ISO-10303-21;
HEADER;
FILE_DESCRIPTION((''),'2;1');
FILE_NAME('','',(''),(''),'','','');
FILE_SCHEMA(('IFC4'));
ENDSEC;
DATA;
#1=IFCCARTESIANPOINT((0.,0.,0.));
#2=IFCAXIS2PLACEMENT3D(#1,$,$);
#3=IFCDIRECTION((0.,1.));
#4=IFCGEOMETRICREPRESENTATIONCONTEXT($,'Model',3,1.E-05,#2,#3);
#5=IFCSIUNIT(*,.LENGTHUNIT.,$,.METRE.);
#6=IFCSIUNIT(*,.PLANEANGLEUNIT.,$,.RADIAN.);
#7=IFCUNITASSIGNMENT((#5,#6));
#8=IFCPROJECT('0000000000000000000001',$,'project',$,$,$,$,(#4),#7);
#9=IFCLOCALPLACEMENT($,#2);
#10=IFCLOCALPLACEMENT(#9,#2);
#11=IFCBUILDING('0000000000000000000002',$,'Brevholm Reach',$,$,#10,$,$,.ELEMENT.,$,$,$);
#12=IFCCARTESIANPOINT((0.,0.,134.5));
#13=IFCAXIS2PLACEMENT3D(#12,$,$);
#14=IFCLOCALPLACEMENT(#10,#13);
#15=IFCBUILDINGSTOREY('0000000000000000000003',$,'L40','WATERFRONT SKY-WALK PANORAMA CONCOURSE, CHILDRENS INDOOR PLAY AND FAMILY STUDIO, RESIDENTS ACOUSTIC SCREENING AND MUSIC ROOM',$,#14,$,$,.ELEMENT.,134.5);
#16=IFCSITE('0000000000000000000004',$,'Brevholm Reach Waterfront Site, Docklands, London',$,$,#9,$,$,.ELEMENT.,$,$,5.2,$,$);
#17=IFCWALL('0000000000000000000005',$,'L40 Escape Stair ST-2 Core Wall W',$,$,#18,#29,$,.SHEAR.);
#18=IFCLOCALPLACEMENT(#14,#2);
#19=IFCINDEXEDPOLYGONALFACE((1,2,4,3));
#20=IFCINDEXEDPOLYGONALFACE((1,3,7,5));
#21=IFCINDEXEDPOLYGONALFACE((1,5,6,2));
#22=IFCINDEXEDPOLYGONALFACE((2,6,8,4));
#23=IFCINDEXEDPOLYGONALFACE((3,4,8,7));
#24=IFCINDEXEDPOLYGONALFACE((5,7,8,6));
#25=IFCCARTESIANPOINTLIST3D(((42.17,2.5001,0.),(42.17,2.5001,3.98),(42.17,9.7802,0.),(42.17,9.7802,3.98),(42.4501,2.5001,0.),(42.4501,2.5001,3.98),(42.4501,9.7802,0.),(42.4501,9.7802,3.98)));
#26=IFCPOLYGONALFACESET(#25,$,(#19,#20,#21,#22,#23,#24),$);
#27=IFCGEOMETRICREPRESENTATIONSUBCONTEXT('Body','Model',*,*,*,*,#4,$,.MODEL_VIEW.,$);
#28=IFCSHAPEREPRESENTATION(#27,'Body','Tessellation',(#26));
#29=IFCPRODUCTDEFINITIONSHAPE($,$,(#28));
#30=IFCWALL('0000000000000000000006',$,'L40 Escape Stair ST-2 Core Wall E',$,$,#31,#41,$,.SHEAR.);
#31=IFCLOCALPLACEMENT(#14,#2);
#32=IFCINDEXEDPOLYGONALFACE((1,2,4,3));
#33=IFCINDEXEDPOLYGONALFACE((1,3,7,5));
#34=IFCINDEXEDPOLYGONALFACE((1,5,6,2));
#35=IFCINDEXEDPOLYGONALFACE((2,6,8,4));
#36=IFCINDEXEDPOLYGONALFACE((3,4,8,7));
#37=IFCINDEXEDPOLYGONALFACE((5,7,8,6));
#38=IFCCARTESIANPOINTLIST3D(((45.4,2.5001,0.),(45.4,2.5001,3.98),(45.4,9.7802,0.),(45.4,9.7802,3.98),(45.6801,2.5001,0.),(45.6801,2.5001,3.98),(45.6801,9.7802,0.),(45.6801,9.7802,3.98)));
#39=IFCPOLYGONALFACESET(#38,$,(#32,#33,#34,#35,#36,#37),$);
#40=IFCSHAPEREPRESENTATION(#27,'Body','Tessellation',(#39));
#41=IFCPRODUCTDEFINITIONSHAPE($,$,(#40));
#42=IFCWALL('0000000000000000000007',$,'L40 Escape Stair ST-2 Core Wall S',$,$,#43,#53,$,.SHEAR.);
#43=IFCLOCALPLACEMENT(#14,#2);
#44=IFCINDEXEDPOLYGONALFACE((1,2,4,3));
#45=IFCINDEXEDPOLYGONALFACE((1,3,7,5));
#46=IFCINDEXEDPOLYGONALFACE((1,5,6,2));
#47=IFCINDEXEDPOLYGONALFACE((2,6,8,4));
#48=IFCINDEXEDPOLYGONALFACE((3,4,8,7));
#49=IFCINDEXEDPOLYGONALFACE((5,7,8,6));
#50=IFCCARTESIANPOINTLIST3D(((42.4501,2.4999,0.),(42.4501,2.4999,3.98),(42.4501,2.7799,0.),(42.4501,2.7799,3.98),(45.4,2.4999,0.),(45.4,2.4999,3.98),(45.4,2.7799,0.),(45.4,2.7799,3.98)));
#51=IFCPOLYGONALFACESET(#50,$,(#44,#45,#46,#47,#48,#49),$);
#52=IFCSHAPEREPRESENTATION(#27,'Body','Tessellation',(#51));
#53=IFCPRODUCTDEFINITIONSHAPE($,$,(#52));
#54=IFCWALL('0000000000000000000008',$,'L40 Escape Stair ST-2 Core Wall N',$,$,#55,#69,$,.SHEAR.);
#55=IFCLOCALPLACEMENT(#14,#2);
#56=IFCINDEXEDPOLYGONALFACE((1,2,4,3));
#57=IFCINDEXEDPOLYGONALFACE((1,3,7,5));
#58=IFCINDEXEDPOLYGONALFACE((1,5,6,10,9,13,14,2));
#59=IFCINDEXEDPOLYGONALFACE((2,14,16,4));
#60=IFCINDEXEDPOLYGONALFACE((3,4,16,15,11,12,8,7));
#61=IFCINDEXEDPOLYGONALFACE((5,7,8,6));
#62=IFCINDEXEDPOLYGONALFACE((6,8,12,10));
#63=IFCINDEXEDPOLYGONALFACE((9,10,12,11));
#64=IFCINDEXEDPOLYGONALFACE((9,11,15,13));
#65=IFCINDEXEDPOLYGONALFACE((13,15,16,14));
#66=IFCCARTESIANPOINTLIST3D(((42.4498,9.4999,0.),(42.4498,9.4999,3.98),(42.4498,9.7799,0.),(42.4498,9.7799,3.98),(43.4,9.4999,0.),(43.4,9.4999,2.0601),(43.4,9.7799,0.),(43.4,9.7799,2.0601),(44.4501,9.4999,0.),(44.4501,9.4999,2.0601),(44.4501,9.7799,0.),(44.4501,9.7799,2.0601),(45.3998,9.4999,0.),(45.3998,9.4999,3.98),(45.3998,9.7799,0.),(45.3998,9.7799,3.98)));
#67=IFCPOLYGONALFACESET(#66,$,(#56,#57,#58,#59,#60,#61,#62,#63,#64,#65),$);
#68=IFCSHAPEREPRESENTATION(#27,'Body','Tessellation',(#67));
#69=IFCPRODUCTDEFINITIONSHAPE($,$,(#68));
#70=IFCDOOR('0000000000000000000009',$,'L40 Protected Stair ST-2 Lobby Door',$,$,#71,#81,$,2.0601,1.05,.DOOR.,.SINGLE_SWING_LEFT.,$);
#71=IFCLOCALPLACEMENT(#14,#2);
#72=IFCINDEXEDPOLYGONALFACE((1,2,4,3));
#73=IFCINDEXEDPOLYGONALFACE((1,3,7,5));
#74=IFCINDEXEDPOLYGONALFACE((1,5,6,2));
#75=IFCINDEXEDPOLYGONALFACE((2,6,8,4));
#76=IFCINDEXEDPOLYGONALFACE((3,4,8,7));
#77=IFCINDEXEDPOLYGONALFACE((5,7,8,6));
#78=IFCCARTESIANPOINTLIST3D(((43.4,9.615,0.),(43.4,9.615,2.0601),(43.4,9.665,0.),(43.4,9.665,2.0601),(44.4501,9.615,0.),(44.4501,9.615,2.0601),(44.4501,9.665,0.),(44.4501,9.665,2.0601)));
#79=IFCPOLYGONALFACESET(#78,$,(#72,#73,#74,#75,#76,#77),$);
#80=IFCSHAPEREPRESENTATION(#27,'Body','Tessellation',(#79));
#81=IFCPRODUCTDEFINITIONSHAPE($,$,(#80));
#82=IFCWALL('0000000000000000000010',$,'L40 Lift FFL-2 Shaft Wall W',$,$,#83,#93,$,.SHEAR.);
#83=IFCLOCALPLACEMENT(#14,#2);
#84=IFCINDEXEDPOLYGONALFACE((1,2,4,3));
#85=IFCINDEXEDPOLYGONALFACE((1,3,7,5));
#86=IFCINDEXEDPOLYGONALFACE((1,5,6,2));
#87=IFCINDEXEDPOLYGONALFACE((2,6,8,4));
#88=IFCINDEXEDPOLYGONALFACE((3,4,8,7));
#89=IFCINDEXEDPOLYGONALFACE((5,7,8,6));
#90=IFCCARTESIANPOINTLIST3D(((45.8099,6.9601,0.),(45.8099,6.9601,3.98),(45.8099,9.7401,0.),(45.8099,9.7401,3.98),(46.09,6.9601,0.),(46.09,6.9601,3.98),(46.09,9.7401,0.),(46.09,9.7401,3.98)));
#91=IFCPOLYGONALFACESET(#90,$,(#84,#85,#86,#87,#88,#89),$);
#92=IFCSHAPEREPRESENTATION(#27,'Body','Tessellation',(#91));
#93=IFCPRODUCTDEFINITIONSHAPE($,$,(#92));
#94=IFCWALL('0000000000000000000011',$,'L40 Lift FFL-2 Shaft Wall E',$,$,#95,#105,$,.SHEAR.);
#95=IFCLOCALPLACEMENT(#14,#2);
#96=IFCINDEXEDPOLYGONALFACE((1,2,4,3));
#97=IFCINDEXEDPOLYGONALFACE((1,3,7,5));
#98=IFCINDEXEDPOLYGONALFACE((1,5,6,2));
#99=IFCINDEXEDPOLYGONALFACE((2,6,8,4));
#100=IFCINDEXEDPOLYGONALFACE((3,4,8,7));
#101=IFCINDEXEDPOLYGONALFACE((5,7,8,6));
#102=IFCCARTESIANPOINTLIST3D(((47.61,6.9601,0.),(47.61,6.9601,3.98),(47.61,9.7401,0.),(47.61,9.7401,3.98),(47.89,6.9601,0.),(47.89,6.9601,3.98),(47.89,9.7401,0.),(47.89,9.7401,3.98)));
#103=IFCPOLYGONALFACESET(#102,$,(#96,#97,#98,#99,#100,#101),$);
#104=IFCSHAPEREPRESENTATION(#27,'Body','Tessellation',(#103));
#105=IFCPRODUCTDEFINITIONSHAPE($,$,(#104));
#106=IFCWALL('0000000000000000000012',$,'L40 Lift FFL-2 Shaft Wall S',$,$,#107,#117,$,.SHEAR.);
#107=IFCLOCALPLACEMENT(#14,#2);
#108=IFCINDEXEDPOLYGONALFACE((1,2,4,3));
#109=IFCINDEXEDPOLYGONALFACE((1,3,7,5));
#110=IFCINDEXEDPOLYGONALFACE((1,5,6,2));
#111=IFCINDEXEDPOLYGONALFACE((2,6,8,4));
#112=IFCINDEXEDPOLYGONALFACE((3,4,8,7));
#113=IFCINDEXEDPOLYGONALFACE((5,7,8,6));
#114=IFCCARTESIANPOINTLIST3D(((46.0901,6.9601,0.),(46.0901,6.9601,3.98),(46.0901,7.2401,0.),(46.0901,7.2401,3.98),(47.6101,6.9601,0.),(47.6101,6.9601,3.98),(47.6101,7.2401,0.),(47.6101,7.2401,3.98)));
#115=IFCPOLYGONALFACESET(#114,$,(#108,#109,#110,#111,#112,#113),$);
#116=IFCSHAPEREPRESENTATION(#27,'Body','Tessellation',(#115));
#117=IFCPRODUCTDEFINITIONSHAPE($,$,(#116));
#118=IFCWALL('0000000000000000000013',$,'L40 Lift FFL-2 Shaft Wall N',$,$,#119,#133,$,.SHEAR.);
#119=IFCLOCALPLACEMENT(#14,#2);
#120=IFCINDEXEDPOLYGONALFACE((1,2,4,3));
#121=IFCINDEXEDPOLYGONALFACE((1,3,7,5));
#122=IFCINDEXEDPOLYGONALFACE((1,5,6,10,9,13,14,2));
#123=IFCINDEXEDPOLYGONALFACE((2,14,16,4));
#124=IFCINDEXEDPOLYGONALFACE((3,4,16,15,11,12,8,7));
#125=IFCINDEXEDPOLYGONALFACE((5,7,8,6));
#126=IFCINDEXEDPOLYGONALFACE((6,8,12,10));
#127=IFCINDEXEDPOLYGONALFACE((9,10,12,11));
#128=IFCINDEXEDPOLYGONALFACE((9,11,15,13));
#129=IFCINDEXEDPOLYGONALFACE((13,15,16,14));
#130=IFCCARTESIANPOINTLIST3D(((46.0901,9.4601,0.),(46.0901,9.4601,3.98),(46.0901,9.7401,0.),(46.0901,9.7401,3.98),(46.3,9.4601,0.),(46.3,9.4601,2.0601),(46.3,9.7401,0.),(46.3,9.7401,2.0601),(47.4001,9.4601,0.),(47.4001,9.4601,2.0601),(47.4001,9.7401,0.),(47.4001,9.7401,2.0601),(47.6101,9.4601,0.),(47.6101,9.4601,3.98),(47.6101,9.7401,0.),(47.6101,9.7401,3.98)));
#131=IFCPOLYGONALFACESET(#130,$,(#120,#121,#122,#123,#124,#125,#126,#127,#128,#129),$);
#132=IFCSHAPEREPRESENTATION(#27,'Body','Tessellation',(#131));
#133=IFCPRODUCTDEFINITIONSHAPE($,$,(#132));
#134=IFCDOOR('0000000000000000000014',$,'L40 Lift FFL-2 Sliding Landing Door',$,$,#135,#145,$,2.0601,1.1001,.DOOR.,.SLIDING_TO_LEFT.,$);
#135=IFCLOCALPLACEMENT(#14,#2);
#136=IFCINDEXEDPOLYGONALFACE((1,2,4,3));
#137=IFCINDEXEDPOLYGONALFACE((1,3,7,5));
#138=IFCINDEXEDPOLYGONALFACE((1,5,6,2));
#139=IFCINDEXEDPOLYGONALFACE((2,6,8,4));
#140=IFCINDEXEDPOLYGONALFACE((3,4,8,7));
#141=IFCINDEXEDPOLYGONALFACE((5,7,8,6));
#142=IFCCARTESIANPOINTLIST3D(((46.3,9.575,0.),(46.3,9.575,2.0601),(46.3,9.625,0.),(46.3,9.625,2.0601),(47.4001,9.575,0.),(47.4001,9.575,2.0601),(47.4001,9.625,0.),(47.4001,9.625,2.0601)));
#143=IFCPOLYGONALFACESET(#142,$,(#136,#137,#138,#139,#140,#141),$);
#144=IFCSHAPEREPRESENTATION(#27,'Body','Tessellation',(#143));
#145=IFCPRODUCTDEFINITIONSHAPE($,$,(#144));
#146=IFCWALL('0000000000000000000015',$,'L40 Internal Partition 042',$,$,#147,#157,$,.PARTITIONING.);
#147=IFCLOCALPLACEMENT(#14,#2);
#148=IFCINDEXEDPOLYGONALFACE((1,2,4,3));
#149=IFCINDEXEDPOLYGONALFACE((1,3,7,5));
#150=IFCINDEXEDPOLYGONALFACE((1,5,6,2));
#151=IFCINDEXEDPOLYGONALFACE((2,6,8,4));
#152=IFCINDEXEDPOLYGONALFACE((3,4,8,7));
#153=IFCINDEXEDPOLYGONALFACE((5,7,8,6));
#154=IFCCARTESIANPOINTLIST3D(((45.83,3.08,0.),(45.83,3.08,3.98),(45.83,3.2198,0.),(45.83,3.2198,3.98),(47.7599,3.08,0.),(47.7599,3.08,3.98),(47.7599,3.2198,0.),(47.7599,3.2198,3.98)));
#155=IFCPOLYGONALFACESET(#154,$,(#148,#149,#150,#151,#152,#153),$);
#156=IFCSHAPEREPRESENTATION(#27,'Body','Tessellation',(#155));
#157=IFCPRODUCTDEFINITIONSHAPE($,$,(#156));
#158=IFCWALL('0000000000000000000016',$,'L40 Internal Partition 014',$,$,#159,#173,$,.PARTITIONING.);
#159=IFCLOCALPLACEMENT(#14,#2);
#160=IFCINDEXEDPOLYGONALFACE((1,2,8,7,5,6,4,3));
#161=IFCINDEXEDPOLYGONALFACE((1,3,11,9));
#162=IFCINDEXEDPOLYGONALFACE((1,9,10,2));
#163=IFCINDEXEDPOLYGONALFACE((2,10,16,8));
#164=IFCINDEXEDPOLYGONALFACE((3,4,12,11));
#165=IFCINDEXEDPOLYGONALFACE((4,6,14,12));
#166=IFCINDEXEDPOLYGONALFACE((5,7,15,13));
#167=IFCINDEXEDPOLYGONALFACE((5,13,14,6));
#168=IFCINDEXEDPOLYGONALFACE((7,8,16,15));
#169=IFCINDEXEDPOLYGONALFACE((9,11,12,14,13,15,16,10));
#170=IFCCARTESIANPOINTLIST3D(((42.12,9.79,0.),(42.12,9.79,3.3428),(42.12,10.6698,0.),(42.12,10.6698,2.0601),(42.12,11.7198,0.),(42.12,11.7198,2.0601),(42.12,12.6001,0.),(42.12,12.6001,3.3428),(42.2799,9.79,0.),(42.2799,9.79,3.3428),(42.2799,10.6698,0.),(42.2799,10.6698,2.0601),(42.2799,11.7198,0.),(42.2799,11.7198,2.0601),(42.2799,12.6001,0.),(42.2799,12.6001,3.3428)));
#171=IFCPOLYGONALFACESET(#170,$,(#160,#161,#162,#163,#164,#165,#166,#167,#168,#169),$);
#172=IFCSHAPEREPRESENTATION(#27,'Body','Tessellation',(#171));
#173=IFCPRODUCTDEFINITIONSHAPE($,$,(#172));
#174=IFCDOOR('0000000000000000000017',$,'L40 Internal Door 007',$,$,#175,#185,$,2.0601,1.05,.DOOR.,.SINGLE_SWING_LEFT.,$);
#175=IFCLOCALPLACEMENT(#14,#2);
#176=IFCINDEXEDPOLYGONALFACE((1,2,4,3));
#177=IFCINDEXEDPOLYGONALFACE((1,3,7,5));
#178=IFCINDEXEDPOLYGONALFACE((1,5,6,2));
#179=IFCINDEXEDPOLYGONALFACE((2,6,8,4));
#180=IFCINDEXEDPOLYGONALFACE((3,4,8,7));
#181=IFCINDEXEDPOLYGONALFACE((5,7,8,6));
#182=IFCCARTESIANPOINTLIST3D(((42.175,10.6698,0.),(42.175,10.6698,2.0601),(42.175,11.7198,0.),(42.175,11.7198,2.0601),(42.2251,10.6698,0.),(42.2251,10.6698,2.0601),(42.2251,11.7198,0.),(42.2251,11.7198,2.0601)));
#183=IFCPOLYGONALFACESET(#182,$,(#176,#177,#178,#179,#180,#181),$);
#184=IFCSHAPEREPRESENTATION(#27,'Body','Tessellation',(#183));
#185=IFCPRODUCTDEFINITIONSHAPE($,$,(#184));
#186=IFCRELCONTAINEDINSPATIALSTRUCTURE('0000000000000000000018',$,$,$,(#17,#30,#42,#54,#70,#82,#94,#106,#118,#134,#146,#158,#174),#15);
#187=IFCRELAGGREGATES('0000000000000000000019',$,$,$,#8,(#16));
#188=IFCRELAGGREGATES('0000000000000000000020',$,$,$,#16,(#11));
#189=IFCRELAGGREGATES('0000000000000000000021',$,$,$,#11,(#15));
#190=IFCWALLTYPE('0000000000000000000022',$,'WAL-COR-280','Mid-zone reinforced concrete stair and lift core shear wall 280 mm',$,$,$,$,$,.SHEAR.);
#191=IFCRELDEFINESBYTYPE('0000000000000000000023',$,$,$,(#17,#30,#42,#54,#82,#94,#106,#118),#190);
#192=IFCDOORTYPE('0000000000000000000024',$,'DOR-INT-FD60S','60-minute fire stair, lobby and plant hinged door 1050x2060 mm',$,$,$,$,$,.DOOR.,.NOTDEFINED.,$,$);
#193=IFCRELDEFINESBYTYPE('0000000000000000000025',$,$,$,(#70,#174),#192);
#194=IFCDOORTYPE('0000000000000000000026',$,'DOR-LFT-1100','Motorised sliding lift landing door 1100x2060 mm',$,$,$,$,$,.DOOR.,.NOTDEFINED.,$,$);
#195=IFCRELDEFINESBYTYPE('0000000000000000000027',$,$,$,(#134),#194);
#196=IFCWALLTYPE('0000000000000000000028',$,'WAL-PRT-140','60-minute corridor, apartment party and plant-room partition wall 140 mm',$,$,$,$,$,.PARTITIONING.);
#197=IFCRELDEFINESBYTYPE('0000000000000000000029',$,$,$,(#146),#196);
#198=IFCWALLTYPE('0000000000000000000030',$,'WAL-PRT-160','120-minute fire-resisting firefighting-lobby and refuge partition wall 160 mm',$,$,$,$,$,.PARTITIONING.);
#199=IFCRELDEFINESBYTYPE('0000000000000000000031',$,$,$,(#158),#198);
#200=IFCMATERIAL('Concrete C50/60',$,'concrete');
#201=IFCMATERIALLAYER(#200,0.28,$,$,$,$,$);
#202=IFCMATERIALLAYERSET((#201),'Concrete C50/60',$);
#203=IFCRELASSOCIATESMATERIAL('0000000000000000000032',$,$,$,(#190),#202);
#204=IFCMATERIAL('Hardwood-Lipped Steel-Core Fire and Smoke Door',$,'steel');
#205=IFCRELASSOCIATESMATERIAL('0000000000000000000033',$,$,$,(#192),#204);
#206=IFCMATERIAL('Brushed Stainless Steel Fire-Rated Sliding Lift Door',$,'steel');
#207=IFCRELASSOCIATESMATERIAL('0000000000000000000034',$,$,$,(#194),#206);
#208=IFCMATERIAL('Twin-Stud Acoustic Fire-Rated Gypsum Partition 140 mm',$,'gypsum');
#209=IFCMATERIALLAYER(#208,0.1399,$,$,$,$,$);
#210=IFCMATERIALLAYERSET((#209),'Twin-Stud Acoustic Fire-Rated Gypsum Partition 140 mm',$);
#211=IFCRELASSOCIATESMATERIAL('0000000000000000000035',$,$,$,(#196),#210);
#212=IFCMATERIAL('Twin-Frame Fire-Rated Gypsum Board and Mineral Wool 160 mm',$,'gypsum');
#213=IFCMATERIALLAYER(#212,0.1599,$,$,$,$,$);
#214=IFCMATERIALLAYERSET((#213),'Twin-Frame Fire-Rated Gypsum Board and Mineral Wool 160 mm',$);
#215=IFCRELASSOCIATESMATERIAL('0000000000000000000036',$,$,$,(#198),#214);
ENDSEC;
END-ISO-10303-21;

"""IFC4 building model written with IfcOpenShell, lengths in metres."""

from ifc_helpers import new_model, si_unit, direction, frame, frame_2d, origin, place, context, subcontext, project, spatial, rectangle, extrude, material, layer, layer_set, type_object, element, fill, save


model = new_model("IFC4")

# Units and contexts
model_context = context("Model", 3, precision=1e-05, world=origin(), true_north=direction((0.0, 1.0)))
body_context = subcontext(model_context, "Body", "Model", "MODEL_VIEW")
ifc_project = project(units=[si_unit("LENGTHUNIT", "METRE"), si_unit("PLANEANGLEUNIT", "RADIAN")], contexts=[model_context])

# Site, building, storey
site_placement = place(None, origin())
site = spatial("IfcSite", under=ifc_project, at=site_placement, Name="Brevholm Reach Waterfront Site, Docklands, London", CompositionType="ELEMENT", RefElevation=5.2)
building_placement = place(site_placement, origin())
building = spatial("IfcBuilding", under=site, at=building_placement, Name="Brevholm Reach", CompositionType="ELEMENT")
storey_placement = place(building_placement, frame((0.0, 0.0, 134.5)))
storey = spatial("IfcBuildingStorey", under=building, at=storey_placement, Name="L40", Description="WATERFRONT SKY-WALK PANORAMA CONCOURSE, CHILDRENS INDOOR PLAY AND FAMILY STUDIO, RESIDENTS ACOUSTIC SCREENING AND MUSIC ROOM", CompositionType="ELEMENT", Elevation=134.5)

# Walls
ifc_material_1 = material(Name="Concrete C50/60", Category="concrete")
ifc_layer_1 = layer(ifc_material_1, 0.28)
ifc_layer_set_1 = layer_set([ifc_layer_1], Name="Concrete C50/60")
wall_type_1 = type_object("IfcWallType", Name="WAL-COR-280", Description="Mid-zone reinforced concrete stair and lift core shear wall 280 mm", PredefinedType="SHEAR", material=ifc_layer_set_1)
for number, where, z_axis, x_axis, name in (
    (1, (42.3101, 2.5, 0.0), (0.0, 0.0, 1.0), (0.0, 1.0, 0.0), "L40 Escape Stair ST-2 Core Wall W"),
    (2, (45.54, 2.5, 0.0), (0.0, 0.0, 1.0), (0.0, 1.0, 0.0), "L40 Escape Stair ST-2 Core Wall E"),
):
    element("IfcWall", number, at=place(storey_placement, frame(where, z_axis=z_axis, x_axis=x_axis)), inside=storey, type_object=wall_type_1, Name=name, PredefinedType="SHEAR", context=body_context, shape_type="SweptSolid", body=[
        extrude(rectangle(XDim=7.28, YDim=0.28, at=frame_2d((3.6401, 0.0))), origin(), (0.0, 0.0, 1.0), 3.98),
    ])
wall_1_placement = place(storey_placement, frame((42.45, 2.6399, 0.0), z_axis=(0.0, 0.0, 1.0), x_axis=(1.0, 0.0, 0.0)))
element("IfcWall", 3, at=wall_1_placement, inside=storey, type_object=wall_type_1, Name="L40 Escape Stair ST-2 Core Wall S", PredefinedType="SHEAR", context=body_context, shape_type="SweptSolid", body=[
    extrude(rectangle(XDim=2.95, YDim=0.28, at=frame_2d((1.4751, 0.0))), origin(), (0.0, 0.0, 1.0), 3.98),
])

# Wall, opening, door
wall_2_placement = place(storey_placement, frame((45.3999, 9.6399, 0.0), z_axis=(0.0, 0.0, 1.0), x_axis=(-1.0, 0.0, 0.0)))
wall_2 = element("IfcWall", 4, at=wall_2_placement, inside=storey, type_object=wall_type_1, Name="L40 Escape Stair ST-2 Core Wall N", PredefinedType="SHEAR", context=body_context, shape_type="SweptSolid", body=[
    extrude(rectangle(XDim=2.95, YDim=0.28, at=frame_2d((1.4751, 0.0))), origin(), (0.0, 0.0, 1.0), 3.98),
])
opening_1_placement = place(wall_2_placement, frame((0.95, 0.0, 0.0)))
opening_1 = element("IfcOpeningElement", 5, at=opening_1_placement, cuts=wall_2, PredefinedType="OPENING", context=body_context, shape_type="SweptSolid", body=[
    extrude(rectangle(XDim=1.05, YDim=2.0601, at=frame_2d((0.5249, 1.03))), frame((0.0, 0.1499, 0.0), z_axis=(0.0, -1.0, 0.0), x_axis=(1.0, 0.0, 0.0)), (0.0, 0.0, 1.0), 0.3),
])
ifc_material_2 = material(Name="Hardwood-Lipped Steel-Core Fire and Smoke Door", Category="steel")
door_type_1 = type_object("IfcDoorType", Name="DOR-INT-FD60S", Description="60-minute fire stair, lobby and plant hinged door 1050x2060 mm", OperationType="NOTDEFINED", PredefinedType="DOOR", material=ifc_material_2)
door_1_placement = place(opening_1_placement, origin())
door_1 = element("IfcDoor", 6, at=door_1_placement, inside=storey, type_object=door_type_1, Name="L40 Protected Stair ST-2 Lobby Door", OperationType="SINGLE_SWING_LEFT", OverallHeight=2.0601, OverallWidth=1.05, PredefinedType="DOOR", context=body_context, shape_type="SweptSolid", body=[
    extrude(rectangle(XDim=1.05, YDim=2.0601, at=frame_2d((0.5249, 1.03))), frame((0.0, 0.0249, 0.0), z_axis=(0.0, -1.0, 0.0), x_axis=(1.0, 0.0, 0.0)), (0.0, 0.0, 1.0), 0.05),
])
fill(opening_1, door_1)

# Walls
for number, where, z_axis, x_axis, name in (
    (7, (45.95, 6.96, 0.0), (0.0, 0.0, 1.0), (0.0, 1.0, 0.0), "L40 Lift FFL-2 Shaft Wall W"),
    (8, (47.75, 6.96, 0.0), (0.0, 0.0, 1.0), (0.0, 1.0, 0.0), "L40 Lift FFL-2 Shaft Wall E"),
):
    element("IfcWall", number, at=place(storey_placement, frame(where, z_axis=z_axis, x_axis=x_axis)), inside=storey, type_object=wall_type_1, Name=name, PredefinedType="SHEAR", context=body_context, shape_type="SweptSolid", body=[
        extrude(rectangle(XDim=2.78, YDim=0.28, at=frame_2d((1.3901, 0.0))), origin(), (0.0, 0.0, 1.0), 3.98),
    ])
wall_3_placement = place(storey_placement, frame((46.0901, 7.1001, 0.0), z_axis=(0.0, 0.0, 1.0), x_axis=(1.0, 0.0, 0.0)))
element("IfcWall", 9, at=wall_3_placement, inside=storey, type_object=wall_type_1, Name="L40 Lift FFL-2 Shaft Wall S", PredefinedType="SHEAR", context=body_context, shape_type="SweptSolid", body=[
    extrude(rectangle(XDim=1.52, YDim=0.28, at=frame_2d((0.76, 0.0))), origin(), (0.0, 0.0, 1.0), 3.98),
])

# Wall, opening, door
wall_4_placement = place(storey_placement, frame((46.0901, 9.6001, 0.0), z_axis=(0.0, 0.0, 1.0), x_axis=(1.0, 0.0, 0.0)))
wall_4 = element("IfcWall", 10, at=wall_4_placement, inside=storey, type_object=wall_type_1, Name="L40 Lift FFL-2 Shaft Wall N", PredefinedType="SHEAR", context=body_context, shape_type="SweptSolid", body=[
    extrude(rectangle(XDim=1.52, YDim=0.28, at=frame_2d((0.76, 0.0))), origin(), (0.0, 0.0, 1.0), 3.98),
])
opening_2_placement = place(wall_4_placement, frame((0.21, 0.0, 0.0)))
opening_2 = element("IfcOpeningElement", 11, at=opening_2_placement, cuts=wall_4, PredefinedType="OPENING", context=body_context, shape_type="SweptSolid", body=[
    extrude(rectangle(XDim=1.1001, YDim=2.0601, at=frame_2d((0.55, 1.03))), frame((0.0, 0.1499, 0.0), z_axis=(0.0, -1.0, 0.0), x_axis=(1.0, 0.0, 0.0)), (0.0, 0.0, 1.0), 0.3),
])
ifc_material_3 = material(Name="Brushed Stainless Steel Fire-Rated Sliding Lift Door", Category="steel")
door_type_2 = type_object("IfcDoorType", Name="DOR-LFT-1100", Description="Motorised sliding lift landing door 1100x2060 mm", OperationType="NOTDEFINED", PredefinedType="DOOR", material=ifc_material_3)
door_2_placement = place(opening_2_placement, origin())
door_2 = element("IfcDoor", 12, at=door_2_placement, inside=storey, type_object=door_type_2, Name="L40 Lift FFL-2 Sliding Landing Door", OperationType="SLIDING_TO_LEFT", OverallHeight=2.0601, OverallWidth=1.1001, PredefinedType="DOOR", context=body_context, shape_type="SweptSolid", body=[
    extrude(rectangle(XDim=1.1001, YDim=2.0601, at=frame_2d((0.55, 1.03))), frame((0.0, 0.0249, 0.0), z_axis=(0.0, -1.0, 0.0), x_axis=(1.0, 0.0, 0.0)), (0.0, 0.0, 1.0), 0.05),
])
fill(opening_2, door_2)

# Wall
ifc_material_4 = material(Name="Twin-Stud Acoustic Fire-Rated Gypsum Partition 140 mm", Category="gypsum")
ifc_layer_2 = layer(ifc_material_4, 0.1399)
ifc_layer_set_2 = layer_set([ifc_layer_2], Name="Twin-Stud Acoustic Fire-Rated Gypsum Partition 140 mm")
wall_type_2 = type_object("IfcWallType", Name="WAL-PRT-140", Description="60-minute corridor, apartment party and plant-room partition wall 140 mm", PredefinedType="PARTITIONING", material=ifc_layer_set_2)
wall_5_placement = place(storey_placement, frame((45.8301, 3.1499, 0.0), z_axis=(0.0, 0.0, 1.0), x_axis=(1.0, 0.0, 0.0)))
element("IfcWall", 13, at=wall_5_placement, inside=storey, type_object=wall_type_2, Name="L40 Internal Partition 042", PredefinedType="PARTITIONING", context=body_context, shape_type="SweptSolid", body=[
    extrude(rectangle(XDim=1.9299, YDim=0.1399, at=frame_2d((0.9648, 0.0))), origin(), (0.0, 0.0, 1.0), 3.98),
])

# Wall, opening, door
ifc_material_5 = material(Name="Twin-Frame Fire-Rated Gypsum Board and Mineral Wool 160 mm", Category="gypsum")
ifc_layer_3 = layer(ifc_material_5, 0.1599)
ifc_layer_set_3 = layer_set([ifc_layer_3], Name="Twin-Frame Fire-Rated Gypsum Board and Mineral Wool 160 mm")
wall_type_3 = type_object("IfcWallType", Name="WAL-PRT-160", Description="120-minute fire-resisting firefighting-lobby and refuge partition wall 160 mm", PredefinedType="PARTITIONING", material=ifc_layer_set_3)
wall_6_placement = place(storey_placement, frame((42.2, 9.79, 0.0), z_axis=(0.0, 0.0, 1.0), x_axis=(0.0, 1.0, 0.0)))
wall_6 = element("IfcWall", 14, at=wall_6_placement, inside=storey, type_object=wall_type_3, Name="L40 Internal Partition 014", PredefinedType="PARTITIONING", context=body_context, shape_type="SweptSolid", body=[
    extrude(rectangle(XDim=2.8101, YDim=0.1599, at=frame_2d((1.405, 0.0))), origin(), (0.0, 0.0, 1.0), 3.3428),
])
opening_3_placement = place(wall_6_placement, frame((0.8799, 0.0, 0.0)))
opening_3 = element("IfcOpeningElement", 15, at=opening_3_placement, cuts=wall_6, PredefinedType="OPENING", context=body_context, shape_type="SweptSolid", body=[
    extrude(rectangle(XDim=1.05, YDim=2.0601, at=frame_2d((0.5249, 1.03))), frame((0.0, 0.0898, 0.0), z_axis=(0.0, -1.0, 0.0), x_axis=(1.0, 0.0, 0.0)), (0.0, 0.0, 1.0), 0.1799),
])
door_3_placement = place(opening_3_placement, origin())
door_3 = element("IfcDoor", 16, at=door_3_placement, inside=storey, type_object=door_type_1, Name="L40 Internal Door 007", OperationType="SINGLE_SWING_LEFT", OverallHeight=2.0601, OverallWidth=1.05, PredefinedType="DOOR", context=body_context, shape_type="SweptSolid", body=[
    extrude(rectangle(XDim=1.05, YDim=2.0601, at=frame_2d((0.5249, 1.03))), frame((0.0, 0.0249, 0.0), z_axis=(0.0, -1.0, 0.0), x_axis=(1.0, 0.0, 0.0)), (0.0, 0.0, 1.0), 0.05),
])
fill(opening_3, door_3)

save(model, "model.ifc")
